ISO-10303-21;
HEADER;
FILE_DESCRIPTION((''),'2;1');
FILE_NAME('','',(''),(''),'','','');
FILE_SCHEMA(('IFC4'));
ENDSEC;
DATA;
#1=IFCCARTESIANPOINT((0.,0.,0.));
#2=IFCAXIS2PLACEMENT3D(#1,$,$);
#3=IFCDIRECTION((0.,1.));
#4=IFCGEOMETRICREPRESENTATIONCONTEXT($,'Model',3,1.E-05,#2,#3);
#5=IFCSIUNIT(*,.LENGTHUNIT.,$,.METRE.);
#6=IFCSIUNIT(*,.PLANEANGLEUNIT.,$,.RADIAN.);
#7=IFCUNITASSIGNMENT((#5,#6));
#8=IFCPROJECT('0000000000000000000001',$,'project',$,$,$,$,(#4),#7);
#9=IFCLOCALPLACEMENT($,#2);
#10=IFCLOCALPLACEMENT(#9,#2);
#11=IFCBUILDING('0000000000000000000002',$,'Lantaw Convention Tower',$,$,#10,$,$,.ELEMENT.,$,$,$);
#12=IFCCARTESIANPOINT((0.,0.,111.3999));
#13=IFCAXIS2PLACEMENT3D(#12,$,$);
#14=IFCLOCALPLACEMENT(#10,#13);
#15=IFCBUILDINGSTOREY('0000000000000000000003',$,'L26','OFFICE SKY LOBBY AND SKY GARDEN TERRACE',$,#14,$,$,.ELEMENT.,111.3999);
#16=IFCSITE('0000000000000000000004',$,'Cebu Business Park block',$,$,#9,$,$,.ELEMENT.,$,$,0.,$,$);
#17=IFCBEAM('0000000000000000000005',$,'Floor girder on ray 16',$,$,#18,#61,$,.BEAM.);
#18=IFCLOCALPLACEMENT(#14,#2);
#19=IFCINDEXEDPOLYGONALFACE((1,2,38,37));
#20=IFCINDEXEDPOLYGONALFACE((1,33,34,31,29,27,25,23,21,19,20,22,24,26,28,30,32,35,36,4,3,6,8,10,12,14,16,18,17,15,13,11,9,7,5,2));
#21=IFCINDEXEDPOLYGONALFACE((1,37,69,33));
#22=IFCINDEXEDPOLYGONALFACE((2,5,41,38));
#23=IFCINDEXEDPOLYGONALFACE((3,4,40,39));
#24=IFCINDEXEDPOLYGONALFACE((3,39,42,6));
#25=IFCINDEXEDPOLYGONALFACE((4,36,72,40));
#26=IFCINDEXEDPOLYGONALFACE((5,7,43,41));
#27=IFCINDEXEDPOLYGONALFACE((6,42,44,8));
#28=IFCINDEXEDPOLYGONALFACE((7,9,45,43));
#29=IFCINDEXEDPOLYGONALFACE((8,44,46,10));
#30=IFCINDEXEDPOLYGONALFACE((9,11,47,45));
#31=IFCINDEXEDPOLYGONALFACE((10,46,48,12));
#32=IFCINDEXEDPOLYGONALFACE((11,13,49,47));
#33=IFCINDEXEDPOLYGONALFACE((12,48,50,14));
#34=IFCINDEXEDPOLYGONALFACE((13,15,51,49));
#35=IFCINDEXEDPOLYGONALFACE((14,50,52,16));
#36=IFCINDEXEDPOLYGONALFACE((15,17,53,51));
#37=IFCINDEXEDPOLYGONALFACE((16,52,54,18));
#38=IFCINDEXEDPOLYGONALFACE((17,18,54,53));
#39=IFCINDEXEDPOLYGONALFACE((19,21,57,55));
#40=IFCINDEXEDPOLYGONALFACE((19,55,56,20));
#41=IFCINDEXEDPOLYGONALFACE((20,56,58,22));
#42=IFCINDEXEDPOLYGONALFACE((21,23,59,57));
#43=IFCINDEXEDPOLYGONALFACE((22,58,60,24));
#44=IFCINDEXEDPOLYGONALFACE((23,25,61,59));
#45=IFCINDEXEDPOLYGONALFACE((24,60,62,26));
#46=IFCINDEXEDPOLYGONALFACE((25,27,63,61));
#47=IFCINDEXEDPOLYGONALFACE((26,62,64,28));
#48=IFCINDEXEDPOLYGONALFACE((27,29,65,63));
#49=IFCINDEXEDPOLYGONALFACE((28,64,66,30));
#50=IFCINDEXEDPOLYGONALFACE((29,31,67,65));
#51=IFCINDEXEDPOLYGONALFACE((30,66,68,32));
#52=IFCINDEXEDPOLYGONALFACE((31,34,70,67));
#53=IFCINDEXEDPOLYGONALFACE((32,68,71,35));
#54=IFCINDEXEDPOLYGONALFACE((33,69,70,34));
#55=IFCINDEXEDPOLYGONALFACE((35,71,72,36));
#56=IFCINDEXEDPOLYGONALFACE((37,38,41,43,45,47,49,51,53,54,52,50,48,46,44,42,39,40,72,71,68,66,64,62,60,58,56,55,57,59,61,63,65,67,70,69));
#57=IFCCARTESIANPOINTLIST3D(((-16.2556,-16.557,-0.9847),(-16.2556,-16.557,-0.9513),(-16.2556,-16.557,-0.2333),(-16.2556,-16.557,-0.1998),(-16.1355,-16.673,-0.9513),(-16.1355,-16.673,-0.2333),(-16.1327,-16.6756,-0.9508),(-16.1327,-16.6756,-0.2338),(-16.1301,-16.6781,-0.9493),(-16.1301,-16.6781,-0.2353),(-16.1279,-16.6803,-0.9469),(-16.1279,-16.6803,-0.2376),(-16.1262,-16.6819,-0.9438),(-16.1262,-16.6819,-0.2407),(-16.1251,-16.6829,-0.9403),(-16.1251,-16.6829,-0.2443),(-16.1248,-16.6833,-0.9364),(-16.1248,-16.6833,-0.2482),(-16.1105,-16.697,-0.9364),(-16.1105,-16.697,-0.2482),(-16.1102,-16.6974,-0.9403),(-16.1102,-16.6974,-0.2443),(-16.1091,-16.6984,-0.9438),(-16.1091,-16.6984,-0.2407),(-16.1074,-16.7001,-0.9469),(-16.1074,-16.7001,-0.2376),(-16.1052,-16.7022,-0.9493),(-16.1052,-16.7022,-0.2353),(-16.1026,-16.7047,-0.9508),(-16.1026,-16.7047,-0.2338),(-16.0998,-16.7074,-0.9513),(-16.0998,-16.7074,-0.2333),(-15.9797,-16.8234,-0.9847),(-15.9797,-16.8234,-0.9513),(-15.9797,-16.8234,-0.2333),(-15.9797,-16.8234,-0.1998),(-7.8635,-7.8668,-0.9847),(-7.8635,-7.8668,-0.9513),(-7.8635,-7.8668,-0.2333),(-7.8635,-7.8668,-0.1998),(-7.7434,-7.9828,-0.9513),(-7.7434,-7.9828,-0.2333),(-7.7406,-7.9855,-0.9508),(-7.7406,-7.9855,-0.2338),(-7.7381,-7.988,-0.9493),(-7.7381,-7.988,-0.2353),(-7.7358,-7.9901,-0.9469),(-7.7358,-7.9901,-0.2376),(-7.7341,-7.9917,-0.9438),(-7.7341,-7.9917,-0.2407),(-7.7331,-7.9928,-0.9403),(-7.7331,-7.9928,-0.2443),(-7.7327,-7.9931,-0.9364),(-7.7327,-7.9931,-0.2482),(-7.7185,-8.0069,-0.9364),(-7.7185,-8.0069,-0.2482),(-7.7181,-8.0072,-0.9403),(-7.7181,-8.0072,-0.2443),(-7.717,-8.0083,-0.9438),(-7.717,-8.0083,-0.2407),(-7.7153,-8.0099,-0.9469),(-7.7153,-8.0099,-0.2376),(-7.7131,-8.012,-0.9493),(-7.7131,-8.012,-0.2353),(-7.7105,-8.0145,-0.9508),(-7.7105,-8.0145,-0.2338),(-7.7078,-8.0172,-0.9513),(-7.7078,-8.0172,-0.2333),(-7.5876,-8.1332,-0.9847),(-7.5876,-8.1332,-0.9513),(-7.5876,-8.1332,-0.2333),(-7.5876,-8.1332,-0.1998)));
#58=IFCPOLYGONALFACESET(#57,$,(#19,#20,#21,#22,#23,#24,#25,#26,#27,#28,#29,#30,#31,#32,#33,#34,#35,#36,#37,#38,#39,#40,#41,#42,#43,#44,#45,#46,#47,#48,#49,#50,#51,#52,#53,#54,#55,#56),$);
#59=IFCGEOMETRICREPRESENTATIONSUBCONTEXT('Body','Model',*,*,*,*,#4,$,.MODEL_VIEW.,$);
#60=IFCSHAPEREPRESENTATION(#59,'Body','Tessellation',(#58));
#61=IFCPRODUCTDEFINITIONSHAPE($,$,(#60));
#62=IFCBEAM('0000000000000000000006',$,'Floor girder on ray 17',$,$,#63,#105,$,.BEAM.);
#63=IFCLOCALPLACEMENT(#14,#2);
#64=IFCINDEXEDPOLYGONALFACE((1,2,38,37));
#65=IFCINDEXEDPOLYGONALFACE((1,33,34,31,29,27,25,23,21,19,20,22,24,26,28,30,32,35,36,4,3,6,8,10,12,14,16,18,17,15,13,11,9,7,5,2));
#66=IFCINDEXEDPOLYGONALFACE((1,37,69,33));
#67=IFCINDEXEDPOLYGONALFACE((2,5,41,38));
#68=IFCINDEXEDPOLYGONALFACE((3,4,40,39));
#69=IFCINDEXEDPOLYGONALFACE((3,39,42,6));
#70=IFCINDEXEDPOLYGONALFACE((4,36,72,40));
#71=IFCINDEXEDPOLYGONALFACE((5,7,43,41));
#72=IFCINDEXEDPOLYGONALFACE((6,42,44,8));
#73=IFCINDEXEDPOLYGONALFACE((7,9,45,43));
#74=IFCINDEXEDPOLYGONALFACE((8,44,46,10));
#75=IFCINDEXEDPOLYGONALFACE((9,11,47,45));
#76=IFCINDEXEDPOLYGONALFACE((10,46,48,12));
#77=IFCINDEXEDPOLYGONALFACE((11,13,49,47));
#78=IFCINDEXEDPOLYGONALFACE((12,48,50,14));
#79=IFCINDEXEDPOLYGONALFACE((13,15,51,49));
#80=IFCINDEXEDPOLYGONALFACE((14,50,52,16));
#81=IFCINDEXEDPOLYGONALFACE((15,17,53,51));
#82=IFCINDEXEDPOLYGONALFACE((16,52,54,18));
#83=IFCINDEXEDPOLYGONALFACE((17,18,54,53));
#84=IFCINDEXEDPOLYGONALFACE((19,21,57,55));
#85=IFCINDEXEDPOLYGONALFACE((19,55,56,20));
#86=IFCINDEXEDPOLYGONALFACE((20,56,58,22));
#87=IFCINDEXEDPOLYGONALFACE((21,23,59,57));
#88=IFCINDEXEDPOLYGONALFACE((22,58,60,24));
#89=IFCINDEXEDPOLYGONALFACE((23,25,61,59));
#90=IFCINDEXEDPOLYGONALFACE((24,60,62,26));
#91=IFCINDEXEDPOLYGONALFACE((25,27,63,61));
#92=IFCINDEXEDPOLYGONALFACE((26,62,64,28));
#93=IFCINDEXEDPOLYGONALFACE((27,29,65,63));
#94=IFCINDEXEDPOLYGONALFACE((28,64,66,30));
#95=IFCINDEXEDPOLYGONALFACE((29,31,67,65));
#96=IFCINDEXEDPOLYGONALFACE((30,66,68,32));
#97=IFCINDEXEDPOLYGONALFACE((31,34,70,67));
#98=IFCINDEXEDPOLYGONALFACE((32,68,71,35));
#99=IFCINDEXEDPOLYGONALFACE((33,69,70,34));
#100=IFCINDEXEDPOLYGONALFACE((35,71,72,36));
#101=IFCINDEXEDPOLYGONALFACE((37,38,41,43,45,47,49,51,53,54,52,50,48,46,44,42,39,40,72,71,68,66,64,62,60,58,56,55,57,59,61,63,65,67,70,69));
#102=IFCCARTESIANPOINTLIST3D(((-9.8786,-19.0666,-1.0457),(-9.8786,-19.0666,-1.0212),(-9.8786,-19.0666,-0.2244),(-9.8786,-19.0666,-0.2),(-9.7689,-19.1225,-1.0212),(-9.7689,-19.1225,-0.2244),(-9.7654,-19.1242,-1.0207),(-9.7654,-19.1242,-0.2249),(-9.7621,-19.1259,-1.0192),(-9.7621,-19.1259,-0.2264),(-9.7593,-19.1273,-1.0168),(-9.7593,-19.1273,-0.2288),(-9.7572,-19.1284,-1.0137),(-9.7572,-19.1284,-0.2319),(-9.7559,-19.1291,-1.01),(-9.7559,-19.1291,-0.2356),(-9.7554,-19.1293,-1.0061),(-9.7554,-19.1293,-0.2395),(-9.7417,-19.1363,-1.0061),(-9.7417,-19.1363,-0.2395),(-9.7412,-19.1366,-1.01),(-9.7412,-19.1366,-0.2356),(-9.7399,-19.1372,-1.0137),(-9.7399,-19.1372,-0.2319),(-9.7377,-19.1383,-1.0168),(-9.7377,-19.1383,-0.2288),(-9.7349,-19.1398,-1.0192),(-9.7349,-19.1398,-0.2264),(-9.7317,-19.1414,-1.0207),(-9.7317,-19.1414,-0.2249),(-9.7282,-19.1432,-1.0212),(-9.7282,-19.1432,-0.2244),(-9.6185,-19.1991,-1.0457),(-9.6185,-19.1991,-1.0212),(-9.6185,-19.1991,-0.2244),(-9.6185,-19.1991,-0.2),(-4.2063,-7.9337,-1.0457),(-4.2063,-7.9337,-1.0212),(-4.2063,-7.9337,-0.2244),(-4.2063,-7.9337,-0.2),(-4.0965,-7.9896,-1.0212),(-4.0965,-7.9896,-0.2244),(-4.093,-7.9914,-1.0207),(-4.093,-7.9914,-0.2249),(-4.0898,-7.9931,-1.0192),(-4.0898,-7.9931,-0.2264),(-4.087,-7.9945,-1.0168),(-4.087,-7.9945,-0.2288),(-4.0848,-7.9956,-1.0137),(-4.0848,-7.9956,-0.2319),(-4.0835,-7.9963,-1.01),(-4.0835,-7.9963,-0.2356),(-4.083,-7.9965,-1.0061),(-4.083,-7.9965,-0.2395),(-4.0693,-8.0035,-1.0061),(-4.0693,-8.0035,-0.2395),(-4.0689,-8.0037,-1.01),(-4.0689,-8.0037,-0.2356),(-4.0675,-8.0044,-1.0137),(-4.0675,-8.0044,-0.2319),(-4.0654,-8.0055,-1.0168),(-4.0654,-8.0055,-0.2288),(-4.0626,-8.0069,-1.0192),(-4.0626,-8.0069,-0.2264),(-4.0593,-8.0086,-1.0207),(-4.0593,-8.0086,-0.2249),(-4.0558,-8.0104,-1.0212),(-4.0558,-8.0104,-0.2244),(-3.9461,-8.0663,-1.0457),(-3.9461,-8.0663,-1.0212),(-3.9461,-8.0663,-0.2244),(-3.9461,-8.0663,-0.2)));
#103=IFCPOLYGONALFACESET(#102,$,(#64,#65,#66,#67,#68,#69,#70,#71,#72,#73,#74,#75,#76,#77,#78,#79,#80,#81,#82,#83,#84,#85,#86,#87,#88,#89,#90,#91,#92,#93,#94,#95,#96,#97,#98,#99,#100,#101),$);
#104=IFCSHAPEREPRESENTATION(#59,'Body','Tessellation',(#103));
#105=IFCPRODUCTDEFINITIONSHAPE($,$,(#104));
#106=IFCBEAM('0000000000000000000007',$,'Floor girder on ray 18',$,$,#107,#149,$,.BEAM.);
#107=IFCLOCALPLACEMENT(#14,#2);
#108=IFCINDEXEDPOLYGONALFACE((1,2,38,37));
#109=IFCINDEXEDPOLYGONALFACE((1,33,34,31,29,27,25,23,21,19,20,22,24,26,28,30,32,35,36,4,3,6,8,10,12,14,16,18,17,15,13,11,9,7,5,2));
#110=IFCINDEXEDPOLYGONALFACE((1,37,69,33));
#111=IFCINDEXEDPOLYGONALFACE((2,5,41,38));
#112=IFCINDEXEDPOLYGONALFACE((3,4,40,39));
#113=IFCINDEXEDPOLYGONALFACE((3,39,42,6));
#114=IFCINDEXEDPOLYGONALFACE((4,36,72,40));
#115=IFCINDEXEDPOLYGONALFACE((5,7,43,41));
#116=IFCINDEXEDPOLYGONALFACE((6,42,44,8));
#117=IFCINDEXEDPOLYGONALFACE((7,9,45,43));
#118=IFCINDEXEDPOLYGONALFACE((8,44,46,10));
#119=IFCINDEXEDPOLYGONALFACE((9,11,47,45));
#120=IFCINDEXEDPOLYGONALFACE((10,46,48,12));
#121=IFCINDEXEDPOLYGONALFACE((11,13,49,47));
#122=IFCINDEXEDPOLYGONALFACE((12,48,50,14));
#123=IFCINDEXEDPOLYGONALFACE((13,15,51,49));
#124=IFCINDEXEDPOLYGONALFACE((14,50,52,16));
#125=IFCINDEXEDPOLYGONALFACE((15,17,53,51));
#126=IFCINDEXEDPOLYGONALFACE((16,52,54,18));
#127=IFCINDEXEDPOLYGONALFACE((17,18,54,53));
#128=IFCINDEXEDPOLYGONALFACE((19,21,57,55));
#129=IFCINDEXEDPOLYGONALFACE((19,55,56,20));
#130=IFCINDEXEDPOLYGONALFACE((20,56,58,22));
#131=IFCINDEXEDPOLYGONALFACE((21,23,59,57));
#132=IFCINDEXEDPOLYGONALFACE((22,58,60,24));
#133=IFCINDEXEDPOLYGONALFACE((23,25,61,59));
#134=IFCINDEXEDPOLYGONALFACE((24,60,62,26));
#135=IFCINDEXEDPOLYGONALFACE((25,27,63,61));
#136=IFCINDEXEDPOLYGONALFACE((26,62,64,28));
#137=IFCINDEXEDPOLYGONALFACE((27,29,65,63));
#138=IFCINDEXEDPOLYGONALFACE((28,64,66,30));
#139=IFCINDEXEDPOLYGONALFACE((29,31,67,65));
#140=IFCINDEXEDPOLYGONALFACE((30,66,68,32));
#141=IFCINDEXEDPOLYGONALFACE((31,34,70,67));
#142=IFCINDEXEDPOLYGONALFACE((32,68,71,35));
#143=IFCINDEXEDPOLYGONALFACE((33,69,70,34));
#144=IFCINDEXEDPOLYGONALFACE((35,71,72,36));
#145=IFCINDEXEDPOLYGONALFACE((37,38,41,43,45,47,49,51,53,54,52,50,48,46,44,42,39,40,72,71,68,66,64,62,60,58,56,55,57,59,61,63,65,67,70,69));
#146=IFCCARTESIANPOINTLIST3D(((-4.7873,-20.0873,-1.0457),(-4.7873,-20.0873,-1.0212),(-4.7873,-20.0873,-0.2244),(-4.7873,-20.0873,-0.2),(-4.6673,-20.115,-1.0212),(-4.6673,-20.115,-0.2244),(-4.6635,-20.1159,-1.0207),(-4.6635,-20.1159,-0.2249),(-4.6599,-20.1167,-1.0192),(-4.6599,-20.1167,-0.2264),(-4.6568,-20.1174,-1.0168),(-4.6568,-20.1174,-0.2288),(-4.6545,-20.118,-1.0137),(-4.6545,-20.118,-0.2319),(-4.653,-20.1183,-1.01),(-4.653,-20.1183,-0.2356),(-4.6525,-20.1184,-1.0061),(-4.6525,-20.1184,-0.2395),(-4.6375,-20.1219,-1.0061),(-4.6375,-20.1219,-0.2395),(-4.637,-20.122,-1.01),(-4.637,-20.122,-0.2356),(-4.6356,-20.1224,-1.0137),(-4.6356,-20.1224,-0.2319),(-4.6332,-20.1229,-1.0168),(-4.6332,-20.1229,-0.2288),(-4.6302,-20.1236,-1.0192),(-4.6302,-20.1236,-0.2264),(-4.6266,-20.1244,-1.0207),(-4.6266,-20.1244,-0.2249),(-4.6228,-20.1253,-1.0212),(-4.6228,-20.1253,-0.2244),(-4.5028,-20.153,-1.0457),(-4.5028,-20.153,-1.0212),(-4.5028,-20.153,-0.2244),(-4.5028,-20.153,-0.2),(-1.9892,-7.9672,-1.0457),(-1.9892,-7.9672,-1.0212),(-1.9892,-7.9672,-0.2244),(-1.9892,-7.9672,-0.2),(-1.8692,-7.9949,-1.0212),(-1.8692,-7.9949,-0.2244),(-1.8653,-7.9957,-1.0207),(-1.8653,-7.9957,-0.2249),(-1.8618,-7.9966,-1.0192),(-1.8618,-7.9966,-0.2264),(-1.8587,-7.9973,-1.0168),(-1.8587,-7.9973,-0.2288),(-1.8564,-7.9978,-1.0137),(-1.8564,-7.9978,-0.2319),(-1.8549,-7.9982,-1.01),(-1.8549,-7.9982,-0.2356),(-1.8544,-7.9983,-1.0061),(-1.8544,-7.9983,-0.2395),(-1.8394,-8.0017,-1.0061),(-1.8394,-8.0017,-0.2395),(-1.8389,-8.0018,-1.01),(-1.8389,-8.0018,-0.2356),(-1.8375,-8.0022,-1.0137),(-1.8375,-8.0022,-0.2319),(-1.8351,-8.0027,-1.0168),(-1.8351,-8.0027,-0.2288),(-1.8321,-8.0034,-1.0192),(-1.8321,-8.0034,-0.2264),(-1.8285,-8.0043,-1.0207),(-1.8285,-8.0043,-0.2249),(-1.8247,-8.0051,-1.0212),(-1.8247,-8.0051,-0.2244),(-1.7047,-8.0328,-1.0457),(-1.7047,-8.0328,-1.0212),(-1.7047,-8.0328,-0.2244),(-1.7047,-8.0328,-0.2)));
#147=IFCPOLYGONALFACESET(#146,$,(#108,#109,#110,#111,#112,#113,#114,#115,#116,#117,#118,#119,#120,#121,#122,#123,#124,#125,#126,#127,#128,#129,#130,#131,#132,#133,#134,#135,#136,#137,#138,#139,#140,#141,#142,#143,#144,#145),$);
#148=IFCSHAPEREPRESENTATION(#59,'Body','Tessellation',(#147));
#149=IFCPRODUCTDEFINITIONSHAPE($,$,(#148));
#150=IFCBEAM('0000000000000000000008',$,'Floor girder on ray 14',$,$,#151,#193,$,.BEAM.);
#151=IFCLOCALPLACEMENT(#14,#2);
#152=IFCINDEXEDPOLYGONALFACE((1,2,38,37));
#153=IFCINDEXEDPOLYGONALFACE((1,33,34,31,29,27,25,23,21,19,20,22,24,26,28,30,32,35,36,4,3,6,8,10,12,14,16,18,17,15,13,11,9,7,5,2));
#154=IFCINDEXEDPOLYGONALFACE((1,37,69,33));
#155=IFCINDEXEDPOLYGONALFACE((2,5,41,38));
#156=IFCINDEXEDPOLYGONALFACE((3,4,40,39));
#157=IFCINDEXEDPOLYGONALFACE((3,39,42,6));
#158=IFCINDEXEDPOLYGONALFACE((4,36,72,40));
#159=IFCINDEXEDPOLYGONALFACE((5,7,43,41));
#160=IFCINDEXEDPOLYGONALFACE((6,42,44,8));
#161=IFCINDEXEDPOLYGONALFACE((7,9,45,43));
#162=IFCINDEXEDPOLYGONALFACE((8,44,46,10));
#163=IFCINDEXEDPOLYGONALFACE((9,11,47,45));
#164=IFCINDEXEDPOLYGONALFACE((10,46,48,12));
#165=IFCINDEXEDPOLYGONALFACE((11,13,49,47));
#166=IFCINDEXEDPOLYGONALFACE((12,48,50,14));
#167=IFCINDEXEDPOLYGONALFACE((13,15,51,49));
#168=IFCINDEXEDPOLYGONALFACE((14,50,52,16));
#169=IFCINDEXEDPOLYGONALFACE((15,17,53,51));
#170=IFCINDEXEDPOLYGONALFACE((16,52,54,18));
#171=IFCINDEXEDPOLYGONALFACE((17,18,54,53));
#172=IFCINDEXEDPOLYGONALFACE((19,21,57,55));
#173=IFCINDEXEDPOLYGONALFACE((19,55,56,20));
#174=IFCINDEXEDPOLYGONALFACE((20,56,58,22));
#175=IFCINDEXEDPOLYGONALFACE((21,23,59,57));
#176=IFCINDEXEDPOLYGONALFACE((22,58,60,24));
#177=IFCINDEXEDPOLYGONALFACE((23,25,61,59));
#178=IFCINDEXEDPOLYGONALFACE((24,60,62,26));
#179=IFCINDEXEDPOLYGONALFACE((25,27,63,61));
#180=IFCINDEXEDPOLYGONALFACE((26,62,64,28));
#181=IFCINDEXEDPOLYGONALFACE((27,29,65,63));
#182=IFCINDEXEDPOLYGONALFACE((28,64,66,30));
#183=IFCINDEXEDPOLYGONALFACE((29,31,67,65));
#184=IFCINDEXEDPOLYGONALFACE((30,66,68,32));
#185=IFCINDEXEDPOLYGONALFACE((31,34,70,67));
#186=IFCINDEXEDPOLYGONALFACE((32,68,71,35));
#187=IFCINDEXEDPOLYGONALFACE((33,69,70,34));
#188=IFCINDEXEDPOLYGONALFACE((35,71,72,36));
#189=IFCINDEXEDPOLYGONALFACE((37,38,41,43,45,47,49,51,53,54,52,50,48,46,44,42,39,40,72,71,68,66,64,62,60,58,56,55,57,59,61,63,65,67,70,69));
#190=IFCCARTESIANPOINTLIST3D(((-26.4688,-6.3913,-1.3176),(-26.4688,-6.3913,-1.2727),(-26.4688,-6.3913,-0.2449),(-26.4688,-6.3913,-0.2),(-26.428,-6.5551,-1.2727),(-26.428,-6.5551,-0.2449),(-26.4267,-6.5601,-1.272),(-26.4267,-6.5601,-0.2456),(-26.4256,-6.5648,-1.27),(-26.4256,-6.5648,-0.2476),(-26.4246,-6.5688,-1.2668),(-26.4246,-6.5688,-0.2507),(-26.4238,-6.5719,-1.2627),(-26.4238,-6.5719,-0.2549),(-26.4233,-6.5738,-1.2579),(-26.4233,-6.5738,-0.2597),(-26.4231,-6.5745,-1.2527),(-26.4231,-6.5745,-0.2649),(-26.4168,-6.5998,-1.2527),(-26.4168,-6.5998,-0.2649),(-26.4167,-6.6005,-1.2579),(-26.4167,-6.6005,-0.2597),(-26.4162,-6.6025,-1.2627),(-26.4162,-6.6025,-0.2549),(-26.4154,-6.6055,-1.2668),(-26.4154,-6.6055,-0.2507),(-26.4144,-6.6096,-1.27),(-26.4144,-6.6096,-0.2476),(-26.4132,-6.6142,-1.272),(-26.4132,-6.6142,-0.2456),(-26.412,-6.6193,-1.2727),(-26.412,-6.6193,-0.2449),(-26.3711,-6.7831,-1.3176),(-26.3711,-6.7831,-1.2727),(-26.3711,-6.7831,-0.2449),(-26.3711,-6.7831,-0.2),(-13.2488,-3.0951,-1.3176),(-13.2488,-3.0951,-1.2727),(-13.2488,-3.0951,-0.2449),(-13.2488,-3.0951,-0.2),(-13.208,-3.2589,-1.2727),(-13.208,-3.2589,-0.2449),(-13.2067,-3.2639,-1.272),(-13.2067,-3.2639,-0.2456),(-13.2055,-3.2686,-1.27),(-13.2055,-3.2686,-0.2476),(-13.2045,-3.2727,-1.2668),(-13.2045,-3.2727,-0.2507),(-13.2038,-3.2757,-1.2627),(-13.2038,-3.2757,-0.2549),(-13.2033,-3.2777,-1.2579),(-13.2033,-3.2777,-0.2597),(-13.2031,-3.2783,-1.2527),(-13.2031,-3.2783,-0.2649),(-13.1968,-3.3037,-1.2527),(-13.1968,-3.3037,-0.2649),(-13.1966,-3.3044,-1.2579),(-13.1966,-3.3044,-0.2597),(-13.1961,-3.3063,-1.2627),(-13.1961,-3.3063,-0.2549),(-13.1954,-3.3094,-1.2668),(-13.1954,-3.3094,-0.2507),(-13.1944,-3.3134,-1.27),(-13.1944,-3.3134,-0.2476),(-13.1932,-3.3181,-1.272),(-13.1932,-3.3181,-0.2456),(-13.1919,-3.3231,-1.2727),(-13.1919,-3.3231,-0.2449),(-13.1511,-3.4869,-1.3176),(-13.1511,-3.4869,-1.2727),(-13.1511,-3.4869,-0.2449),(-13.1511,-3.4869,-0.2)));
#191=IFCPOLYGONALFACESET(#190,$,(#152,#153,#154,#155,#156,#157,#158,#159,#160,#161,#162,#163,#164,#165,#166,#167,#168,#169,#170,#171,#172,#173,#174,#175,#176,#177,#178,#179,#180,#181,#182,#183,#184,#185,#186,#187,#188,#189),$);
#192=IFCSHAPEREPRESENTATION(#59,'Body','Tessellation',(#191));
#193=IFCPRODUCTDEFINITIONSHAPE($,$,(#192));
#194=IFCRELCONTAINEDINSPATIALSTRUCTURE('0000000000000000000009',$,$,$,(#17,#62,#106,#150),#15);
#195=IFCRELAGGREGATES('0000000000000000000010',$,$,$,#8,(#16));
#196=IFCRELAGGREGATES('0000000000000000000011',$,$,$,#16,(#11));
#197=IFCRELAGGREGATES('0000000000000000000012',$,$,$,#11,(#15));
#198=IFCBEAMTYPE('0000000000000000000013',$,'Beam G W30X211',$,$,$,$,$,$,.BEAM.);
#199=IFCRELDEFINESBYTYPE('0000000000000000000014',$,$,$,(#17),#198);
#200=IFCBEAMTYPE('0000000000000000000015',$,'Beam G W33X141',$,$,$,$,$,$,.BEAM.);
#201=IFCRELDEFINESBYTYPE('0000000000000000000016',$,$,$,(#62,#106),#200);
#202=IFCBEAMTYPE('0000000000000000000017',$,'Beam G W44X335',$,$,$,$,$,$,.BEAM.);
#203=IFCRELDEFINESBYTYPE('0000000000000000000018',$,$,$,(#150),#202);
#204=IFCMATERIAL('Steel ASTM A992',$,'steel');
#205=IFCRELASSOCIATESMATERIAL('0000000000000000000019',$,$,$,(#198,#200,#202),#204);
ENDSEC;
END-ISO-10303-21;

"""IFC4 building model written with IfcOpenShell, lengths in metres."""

from ifc_helpers import new_model, si_unit, direction, frame, origin, origin_2d, place, context, subcontext, project, spatial, i_section, extrude, material, material_profile, profile_set, type_object, element, save


model = new_model("IFC4")

# Units and contexts
model_context = context("Model", 3, precision=1e-05, world=origin(), true_north=direction((0.0, 1.0)))
body_context = subcontext(model_context, "Body", "Model", "MODEL_VIEW")
ifc_project = project(units=[si_unit("LENGTHUNIT", "METRE"), si_unit("PLANEANGLEUNIT", "RADIAN")], contexts=[model_context])

# Site, building, storey
site_placement = place(None, origin())
site = spatial("IfcSite", under=ifc_project, at=site_placement, Name="Cebu Business Park block", CompositionType="ELEMENT", RefElevation=0.0)
building_placement = place(site_placement, origin())
building = spatial("IfcBuilding", under=site, at=building_placement, Name="Lantaw Convention Tower", CompositionType="ELEMENT")
storey_placement = place(building_placement, frame((0.0, 0.0, 111.3999)))
storey = spatial("IfcBuildingStorey", under=building, at=storey_placement, Name="L26", Description="OFFICE SKY LOBBY AND SKY GARDEN TERRACE", CompositionType="ELEMENT", Elevation=111.3999)

# Beams
ifc_material_1 = material(Name="Steel ASTM A992", Category="steel")
ifc_material_profile_1 = material_profile(ifc_material_1, i_section(OverallWidth=0.3835, OverallDepth=0.7849, WebThickness=0.0198, FlangeThickness=0.0334, FilletRadius=0.0149, at=origin_2d()), Name="W30X211")
ifc_profile_set_1 = profile_set([ifc_material_profile_1], Name="Steel ASTM A992")
beam_type_1 = type_object("IfcBeamType", Name="Beam G W30X211", PredefinedType="BEAM", material=ifc_profile_set_1)
beam_1_placement = place(storey_placement, frame((-7.7256, -8.0, -0.5923), z_axis=(-0.694662, -0.719337, 0.0), x_axis=(0.719337, -0.694662, 0.0)))
element("IfcBeam", 1, at=beam_1_placement, inside=storey, type_object=beam_type_1, Name="Floor girder on ray 16", PredefinedType="BEAM", context=body_context, shape_type="SweptSolid", body=[
    extrude(i_section(OverallWidth=0.3835, OverallDepth=0.7849, WebThickness=0.0198, FlangeThickness=0.0334, FilletRadius=0.0149, at=origin_2d()), origin(), (0.0, 0.0, 1.0), 12.0808),
])
ifc_material_profile_2 = material_profile(ifc_material_1, i_section(OverallWidth=0.292, OverallDepth=0.8457, WebThickness=0.0154, FlangeThickness=0.0244, FilletRadius=0.0151, at=origin_2d()), Name="W33X141")
ifc_profile_set_2 = profile_set([ifc_material_profile_2], Name="Steel ASTM A992")
beam_type_2 = type_object("IfcBeamType", Name="Beam G W33X141", PredefinedType="BEAM", material=ifc_profile_set_2)
beam_2_placement = place(storey_placement, frame((-4.0762, -8.0, -0.6228), z_axis=(-0.453985, -0.891009, 0.0), x_axis=(0.891009, -0.453985, 0.0)))
element("IfcBeam", 2, at=beam_2_placement, inside=storey, type_object=beam_type_2, Name="Floor girder on ray 17", PredefinedType="BEAM", context=body_context, shape_type="SweptSolid", body=[
    extrude(i_section(OverallWidth=0.292, OverallDepth=0.8457, WebThickness=0.0154, FlangeThickness=0.0244, FilletRadius=0.0151, at=origin_2d()), origin(), (0.0, 0.0, 1.0), 12.4946),
])
beam_3_placement = place(storey_placement, frame((-1.8469, -8.0, -0.6228), z_axis=(-0.224947, -0.974371, 0.0), x_axis=(0.974371, -0.224947, 0.0)))
element("IfcBeam", 3, at=beam_3_placement, inside=storey, type_object=beam_type_2, Name="Floor girder on ray 18", PredefinedType="BEAM", context=body_context, shape_type="SweptSolid", body=[
    extrude(i_section(OverallWidth=0.292, OverallDepth=0.8457, WebThickness=0.0154, FlangeThickness=0.0244, FilletRadius=0.0151, at=origin_2d()), origin(), (0.0, 0.0, 1.0), 12.439),
])
ifc_material_profile_3 = material_profile(ifc_material_1, i_section(OverallWidth=0.4038, OverallDepth=1.1177, WebThickness=0.0261, FlangeThickness=0.0449, FilletRadius=0.02, at=origin_2d()), Name="W44X335")
ifc_profile_set_3 = profile_set([ifc_material_profile_3], Name="Steel ASTM A992")
beam_type_3 = type_object("IfcBeamType", Name="Beam G W44X335", PredefinedType="BEAM", material=ifc_profile_set_3)
beam_4_placement = place(storey_placement, frame((-13.2, -3.291, -0.7588), z_axis=(-0.970295, -0.241924, 0.0), x_axis=(0.241924, -0.970295, 0.0)))
element("IfcBeam", 4, at=beam_4_placement, inside=storey, type_object=beam_type_3, Name="Floor girder on ray 14", PredefinedType="BEAM", context=body_context, shape_type="SweptSolid", body=[
    extrude(i_section(OverallWidth=0.4038, OverallDepth=1.1177, WebThickness=0.0261, FlangeThickness=0.0449, FilletRadius=0.02, at=origin_2d()), origin(), (0.0, 0.0, 1.0), 13.6248),
])

save(model, "model.ifc")
